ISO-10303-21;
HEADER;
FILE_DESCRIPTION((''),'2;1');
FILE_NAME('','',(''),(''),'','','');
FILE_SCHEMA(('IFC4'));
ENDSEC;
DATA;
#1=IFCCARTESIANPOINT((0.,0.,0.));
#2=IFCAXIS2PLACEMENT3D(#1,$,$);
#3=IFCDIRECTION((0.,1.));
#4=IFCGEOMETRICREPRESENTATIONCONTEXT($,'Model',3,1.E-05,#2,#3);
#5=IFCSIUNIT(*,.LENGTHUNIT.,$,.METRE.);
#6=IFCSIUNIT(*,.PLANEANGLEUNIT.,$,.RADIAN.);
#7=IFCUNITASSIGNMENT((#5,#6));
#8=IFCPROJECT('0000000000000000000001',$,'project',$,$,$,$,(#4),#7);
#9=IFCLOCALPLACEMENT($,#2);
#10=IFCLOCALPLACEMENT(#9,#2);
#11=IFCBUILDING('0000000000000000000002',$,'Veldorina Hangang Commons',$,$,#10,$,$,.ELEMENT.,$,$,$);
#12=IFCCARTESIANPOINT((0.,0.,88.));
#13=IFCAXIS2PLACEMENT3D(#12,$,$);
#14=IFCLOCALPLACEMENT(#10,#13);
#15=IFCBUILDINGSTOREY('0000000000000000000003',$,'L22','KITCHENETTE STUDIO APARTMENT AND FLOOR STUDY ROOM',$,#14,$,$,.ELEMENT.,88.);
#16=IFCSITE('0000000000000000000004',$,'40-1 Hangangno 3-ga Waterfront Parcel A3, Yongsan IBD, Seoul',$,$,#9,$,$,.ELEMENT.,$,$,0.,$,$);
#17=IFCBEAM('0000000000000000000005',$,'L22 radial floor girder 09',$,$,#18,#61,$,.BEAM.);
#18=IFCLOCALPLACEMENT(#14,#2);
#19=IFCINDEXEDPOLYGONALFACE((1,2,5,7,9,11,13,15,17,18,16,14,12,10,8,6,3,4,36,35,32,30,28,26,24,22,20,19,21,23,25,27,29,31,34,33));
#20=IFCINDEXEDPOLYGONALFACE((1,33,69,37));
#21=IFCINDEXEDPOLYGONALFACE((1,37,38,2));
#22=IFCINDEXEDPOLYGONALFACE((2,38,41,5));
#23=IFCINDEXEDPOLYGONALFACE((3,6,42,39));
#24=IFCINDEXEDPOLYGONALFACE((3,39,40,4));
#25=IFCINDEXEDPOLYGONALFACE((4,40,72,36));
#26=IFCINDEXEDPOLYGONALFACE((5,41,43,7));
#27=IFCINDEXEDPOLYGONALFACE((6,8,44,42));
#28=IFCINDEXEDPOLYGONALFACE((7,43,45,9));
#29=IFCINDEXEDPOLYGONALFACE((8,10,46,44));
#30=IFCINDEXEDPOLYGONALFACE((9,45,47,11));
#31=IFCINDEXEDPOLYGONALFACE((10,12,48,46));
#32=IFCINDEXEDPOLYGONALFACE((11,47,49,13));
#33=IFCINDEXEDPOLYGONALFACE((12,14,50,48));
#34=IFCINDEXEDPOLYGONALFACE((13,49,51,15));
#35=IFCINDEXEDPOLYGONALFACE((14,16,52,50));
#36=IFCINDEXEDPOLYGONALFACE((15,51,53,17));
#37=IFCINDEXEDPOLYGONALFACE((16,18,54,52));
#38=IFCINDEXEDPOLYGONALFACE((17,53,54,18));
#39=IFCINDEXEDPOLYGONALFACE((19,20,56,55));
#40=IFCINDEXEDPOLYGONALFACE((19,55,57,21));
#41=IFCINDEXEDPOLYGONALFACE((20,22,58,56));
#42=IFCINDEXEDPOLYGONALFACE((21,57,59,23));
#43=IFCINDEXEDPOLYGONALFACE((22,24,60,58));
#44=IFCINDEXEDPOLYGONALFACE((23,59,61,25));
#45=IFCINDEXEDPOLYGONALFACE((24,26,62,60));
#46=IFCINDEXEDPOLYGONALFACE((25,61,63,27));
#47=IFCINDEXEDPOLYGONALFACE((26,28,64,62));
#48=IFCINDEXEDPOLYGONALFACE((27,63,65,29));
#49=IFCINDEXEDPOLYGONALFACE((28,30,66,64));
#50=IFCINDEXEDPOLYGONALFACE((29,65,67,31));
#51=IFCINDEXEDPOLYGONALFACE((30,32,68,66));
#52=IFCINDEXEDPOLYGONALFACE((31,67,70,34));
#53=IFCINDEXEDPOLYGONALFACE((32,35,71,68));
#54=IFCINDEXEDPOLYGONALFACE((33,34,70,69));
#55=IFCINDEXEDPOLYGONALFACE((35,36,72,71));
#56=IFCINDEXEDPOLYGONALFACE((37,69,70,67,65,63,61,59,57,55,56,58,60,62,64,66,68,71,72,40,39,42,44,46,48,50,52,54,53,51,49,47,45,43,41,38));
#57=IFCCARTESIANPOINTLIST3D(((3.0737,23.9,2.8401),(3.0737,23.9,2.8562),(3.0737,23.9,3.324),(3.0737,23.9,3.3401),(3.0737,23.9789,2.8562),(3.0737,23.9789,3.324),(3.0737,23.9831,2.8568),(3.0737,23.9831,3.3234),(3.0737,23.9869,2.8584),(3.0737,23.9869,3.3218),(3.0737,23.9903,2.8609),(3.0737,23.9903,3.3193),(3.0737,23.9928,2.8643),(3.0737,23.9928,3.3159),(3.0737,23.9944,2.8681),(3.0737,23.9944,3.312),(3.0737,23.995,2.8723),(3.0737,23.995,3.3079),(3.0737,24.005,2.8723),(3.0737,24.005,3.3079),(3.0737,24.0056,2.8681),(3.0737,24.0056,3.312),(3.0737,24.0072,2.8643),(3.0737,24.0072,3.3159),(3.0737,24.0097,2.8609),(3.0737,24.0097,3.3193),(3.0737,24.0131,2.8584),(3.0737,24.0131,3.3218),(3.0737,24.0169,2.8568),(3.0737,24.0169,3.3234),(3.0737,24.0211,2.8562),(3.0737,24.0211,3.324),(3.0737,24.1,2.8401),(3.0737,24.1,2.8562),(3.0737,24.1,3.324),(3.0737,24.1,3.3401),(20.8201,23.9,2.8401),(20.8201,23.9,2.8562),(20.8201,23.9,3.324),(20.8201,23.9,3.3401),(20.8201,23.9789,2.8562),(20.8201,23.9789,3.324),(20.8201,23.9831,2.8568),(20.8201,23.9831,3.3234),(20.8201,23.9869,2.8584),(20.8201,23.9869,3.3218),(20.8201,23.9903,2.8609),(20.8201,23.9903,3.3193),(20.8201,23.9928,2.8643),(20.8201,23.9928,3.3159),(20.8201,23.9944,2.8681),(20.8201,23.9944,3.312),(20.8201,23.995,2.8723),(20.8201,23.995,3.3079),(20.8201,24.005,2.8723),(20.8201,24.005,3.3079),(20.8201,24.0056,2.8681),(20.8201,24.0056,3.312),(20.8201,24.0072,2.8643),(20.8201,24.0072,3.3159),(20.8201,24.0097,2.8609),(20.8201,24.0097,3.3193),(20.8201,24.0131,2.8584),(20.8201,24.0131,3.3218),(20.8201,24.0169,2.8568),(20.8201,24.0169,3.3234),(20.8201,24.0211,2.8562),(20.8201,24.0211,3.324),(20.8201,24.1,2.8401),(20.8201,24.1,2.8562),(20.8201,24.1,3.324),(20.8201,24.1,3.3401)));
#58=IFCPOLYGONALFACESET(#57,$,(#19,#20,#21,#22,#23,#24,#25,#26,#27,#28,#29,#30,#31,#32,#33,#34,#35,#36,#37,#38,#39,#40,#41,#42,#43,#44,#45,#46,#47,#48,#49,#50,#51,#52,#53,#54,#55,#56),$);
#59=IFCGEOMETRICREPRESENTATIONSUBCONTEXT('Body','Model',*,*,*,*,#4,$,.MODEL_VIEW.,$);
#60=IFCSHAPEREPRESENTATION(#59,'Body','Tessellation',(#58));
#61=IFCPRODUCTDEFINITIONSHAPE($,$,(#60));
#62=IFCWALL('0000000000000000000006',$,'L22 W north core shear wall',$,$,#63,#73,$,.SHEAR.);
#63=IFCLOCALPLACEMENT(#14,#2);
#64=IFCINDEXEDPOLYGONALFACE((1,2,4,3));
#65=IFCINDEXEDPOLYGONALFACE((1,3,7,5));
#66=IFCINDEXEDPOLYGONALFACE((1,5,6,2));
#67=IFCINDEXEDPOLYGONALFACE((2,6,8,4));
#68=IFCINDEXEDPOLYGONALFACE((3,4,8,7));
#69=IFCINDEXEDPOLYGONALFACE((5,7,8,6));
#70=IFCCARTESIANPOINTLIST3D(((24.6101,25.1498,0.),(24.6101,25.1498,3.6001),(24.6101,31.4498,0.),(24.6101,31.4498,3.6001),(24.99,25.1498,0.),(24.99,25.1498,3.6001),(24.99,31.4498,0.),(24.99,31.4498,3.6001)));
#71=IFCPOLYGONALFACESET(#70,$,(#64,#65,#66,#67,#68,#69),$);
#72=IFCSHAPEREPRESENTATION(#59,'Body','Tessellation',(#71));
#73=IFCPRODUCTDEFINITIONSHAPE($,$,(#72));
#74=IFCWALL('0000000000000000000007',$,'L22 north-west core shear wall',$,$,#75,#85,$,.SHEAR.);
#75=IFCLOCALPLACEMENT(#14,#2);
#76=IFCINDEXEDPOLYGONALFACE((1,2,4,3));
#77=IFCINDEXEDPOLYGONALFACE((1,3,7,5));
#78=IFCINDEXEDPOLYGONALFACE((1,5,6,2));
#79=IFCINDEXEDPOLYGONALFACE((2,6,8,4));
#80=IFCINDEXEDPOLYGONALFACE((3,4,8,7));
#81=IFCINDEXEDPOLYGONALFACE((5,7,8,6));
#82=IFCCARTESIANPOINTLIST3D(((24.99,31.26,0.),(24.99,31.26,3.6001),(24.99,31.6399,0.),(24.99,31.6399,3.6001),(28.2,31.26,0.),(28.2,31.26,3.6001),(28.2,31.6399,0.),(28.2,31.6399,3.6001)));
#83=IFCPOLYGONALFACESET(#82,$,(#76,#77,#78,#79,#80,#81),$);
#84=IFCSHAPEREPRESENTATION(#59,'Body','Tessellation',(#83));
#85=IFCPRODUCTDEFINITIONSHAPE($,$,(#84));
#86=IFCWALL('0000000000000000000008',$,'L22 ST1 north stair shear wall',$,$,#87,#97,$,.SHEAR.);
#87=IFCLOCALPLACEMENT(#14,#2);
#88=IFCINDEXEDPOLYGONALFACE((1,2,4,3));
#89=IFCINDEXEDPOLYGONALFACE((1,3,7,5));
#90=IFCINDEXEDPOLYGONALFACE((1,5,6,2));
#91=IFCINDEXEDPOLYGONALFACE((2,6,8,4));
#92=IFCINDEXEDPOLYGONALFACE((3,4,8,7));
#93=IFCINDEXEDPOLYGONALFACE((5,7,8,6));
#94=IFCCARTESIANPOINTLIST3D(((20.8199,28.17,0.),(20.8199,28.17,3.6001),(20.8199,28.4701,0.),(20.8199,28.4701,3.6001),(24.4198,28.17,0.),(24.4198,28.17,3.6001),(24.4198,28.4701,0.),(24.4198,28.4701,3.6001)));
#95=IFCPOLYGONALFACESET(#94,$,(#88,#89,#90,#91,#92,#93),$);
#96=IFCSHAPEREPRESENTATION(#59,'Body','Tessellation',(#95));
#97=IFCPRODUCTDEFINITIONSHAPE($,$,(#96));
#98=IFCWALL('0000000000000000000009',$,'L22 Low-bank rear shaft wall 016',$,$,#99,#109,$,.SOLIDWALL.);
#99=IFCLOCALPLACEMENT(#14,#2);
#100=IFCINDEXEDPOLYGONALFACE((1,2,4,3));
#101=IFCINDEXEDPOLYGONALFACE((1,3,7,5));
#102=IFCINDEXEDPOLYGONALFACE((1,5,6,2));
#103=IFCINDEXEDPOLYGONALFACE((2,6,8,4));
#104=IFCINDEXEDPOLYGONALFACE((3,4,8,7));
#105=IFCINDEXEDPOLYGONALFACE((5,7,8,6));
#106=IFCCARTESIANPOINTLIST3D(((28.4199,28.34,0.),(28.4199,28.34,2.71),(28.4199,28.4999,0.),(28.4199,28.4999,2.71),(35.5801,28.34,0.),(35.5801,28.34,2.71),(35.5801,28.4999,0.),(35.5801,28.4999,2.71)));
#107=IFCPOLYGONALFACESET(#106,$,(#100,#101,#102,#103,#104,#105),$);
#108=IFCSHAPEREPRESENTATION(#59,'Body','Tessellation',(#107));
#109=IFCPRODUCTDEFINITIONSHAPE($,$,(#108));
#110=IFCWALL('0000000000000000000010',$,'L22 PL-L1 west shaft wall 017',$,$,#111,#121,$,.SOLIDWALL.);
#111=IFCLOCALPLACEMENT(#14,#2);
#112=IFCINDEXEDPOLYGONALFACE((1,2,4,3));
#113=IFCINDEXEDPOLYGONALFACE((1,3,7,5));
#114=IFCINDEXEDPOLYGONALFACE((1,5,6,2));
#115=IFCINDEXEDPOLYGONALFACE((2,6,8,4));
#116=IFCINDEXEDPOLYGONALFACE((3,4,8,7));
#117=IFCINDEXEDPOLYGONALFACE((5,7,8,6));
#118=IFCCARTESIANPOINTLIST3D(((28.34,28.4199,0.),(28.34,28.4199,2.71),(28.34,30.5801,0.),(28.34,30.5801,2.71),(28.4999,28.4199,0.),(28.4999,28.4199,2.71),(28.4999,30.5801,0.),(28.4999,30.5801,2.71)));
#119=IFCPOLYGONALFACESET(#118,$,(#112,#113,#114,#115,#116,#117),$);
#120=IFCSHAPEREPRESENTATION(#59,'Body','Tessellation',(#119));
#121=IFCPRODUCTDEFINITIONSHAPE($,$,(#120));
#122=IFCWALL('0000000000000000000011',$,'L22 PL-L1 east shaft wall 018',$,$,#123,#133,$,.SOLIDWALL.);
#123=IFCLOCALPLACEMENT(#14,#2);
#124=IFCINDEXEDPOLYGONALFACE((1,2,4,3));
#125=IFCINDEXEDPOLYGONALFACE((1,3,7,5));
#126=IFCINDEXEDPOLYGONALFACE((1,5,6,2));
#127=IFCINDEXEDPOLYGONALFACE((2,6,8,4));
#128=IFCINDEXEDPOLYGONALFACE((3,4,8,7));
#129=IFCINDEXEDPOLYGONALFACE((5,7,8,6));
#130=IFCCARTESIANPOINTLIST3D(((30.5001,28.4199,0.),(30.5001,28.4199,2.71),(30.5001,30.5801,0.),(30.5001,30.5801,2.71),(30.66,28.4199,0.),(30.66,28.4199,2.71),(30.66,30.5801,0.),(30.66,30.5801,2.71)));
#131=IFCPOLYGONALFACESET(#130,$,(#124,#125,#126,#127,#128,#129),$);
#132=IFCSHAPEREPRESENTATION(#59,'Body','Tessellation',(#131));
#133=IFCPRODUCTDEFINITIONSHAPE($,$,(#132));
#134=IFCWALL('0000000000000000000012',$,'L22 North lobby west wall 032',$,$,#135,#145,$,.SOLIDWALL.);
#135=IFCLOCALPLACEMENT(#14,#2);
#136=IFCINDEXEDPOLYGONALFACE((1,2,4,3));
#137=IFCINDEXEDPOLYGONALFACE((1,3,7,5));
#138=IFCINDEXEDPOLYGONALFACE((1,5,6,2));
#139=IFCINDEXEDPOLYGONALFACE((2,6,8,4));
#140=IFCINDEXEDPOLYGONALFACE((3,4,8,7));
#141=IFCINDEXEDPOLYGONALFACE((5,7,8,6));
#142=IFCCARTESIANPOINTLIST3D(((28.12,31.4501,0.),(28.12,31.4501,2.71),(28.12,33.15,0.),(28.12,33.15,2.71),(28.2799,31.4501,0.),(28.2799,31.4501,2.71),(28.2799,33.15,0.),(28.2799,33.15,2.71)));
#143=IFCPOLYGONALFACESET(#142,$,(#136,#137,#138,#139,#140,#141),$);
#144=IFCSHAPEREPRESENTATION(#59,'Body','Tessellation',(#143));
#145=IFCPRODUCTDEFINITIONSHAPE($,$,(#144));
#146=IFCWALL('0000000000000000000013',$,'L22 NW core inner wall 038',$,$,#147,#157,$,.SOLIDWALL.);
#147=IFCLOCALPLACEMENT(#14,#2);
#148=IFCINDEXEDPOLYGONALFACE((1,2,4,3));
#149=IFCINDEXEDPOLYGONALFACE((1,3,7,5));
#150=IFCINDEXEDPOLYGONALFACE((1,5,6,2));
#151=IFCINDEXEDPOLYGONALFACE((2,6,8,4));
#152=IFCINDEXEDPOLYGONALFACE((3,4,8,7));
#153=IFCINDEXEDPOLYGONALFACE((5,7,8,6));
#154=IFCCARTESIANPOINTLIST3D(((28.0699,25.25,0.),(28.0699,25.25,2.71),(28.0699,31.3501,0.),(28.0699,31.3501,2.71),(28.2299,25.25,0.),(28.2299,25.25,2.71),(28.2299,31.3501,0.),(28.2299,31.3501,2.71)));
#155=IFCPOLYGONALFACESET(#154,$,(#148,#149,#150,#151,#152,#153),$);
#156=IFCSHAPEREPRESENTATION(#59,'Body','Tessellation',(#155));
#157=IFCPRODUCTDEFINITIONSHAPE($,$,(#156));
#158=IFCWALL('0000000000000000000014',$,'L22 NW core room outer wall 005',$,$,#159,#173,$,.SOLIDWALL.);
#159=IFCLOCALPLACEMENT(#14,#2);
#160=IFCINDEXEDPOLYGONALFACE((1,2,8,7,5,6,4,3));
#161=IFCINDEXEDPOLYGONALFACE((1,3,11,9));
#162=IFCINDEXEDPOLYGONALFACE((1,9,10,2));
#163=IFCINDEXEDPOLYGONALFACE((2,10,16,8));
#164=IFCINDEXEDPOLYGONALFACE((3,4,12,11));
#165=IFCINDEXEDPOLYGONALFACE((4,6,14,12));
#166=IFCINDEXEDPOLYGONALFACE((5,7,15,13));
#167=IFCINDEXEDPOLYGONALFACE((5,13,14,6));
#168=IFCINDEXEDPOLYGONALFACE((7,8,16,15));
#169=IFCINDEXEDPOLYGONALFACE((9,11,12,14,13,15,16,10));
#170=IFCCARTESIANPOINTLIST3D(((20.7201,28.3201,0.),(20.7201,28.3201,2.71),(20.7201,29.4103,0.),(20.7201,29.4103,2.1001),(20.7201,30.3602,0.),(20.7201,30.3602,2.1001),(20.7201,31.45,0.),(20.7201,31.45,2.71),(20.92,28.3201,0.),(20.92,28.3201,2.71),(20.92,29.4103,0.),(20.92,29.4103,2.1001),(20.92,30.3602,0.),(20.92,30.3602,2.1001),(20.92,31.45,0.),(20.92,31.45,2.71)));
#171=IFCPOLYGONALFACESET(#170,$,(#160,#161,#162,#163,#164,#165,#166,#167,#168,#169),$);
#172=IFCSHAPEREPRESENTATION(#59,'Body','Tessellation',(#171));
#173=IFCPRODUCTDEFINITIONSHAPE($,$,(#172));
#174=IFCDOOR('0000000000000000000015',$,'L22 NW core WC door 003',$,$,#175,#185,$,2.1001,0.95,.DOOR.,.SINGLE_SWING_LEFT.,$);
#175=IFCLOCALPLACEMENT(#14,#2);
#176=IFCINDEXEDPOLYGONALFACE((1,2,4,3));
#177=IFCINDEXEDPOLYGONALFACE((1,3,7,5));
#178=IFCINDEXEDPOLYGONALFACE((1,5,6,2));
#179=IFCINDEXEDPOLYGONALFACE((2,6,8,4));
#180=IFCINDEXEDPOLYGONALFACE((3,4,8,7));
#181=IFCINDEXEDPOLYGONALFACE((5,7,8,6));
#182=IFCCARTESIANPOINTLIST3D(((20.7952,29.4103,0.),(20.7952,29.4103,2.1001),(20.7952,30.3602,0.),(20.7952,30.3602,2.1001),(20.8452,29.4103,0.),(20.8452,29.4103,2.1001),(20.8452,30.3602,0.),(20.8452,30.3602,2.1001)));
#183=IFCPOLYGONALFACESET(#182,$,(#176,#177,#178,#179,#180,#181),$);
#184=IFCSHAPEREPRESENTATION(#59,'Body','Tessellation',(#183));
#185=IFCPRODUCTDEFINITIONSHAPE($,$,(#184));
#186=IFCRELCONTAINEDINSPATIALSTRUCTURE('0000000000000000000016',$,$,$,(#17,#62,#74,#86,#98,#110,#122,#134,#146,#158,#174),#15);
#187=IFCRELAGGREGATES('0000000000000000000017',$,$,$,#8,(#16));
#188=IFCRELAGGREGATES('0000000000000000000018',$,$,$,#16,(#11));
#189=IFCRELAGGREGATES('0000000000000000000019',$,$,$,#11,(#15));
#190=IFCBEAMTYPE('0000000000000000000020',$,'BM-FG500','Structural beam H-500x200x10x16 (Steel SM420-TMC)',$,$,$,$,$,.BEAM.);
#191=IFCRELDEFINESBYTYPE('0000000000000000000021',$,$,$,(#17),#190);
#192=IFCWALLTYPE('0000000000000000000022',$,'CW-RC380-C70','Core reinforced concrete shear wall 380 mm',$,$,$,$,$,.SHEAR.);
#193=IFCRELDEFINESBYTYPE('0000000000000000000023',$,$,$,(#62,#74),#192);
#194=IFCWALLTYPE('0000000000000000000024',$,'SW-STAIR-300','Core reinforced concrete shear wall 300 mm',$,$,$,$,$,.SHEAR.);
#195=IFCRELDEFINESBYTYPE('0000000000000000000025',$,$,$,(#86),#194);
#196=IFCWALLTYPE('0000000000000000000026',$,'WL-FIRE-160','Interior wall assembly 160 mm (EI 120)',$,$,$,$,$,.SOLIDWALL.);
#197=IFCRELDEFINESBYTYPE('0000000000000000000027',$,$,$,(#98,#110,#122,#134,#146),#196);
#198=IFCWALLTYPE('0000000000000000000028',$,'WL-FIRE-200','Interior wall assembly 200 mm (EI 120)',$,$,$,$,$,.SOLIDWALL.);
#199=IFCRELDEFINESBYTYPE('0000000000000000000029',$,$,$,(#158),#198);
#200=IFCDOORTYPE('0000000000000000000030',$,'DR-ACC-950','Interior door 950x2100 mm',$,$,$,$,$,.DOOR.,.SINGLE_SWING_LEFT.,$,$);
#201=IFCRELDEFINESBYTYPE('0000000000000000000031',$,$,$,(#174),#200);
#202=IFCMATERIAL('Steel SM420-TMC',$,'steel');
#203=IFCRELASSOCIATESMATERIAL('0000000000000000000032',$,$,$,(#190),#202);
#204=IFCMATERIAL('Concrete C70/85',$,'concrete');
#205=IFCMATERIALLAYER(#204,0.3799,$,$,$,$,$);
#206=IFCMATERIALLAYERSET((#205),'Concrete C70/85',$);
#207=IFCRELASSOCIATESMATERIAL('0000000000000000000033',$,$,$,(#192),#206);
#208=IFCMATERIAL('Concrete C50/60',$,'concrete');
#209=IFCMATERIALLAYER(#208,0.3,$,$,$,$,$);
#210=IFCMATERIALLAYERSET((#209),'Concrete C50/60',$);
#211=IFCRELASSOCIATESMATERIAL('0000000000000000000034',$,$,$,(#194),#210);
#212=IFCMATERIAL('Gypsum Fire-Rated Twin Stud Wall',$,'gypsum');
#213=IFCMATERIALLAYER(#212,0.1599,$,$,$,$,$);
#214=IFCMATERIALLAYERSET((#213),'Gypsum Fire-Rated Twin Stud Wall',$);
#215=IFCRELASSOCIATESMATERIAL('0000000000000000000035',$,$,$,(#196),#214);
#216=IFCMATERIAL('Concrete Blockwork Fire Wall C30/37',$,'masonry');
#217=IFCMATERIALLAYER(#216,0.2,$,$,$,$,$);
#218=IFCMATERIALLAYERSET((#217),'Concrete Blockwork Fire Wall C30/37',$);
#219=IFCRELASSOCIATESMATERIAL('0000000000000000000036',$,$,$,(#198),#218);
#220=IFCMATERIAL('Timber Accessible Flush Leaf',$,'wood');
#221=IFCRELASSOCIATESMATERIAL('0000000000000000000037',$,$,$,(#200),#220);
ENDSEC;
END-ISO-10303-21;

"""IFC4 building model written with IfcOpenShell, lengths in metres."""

from ifc_helpers import new_model, si_unit, direction, frame, frame_2d, origin, origin_2d, place, context, subcontext, project, spatial, rectangle, i_section, extrude, material, layer, layer_set, material_profile, profile_set, type_object, element, fill, save


model = new_model("IFC4")

# Units and contexts
model_context = context("Model", 3, precision=1e-05, world=origin(), true_north=direction((0.0, 1.0)))
body_context = subcontext(model_context, "Body", "Model", "MODEL_VIEW")
ifc_project = project(units=[si_unit("LENGTHUNIT", "METRE"), si_unit("PLANEANGLEUNIT", "RADIAN")], contexts=[model_context])

# Site, building, storey
site_placement = place(None, origin())
site = spatial("IfcSite", under=ifc_project, at=site_placement, Name="40-1 Hangangno 3-ga Waterfront Parcel A3, Yongsan IBD, Seoul", CompositionType="ELEMENT", RefElevation=0.0)
building_placement = place(site_placement, origin())
building = spatial("IfcBuilding", under=site, at=building_placement, Name="Veldorina Hangang Commons", CompositionType="ELEMENT")
storey_placement = place(building_placement, frame((0.0, 0.0, 88.0)))
storey = spatial("IfcBuildingStorey", under=building, at=storey_placement, Name="L22", Description="KITCHENETTE STUDIO APARTMENT AND FLOOR STUDY ROOM", CompositionType="ELEMENT", Elevation=88.0)

# Beam
ifc_material_1 = material(Name="Concrete C70/85", Category="concrete")
ifc_material_2 = material(Name="Steel SM420-TMC", Category="steel")
ifc_material_profile_1 = material_profile(ifc_material_2, i_section(OverallWidth=0.2, OverallDepth=0.5, WebThickness=0.01, FlangeThickness=0.0161, FilletRadius=0.0161, at=origin_2d()), Name="H-500x200x10x16")
ifc_profile_set_1 = profile_set([ifc_material_profile_1], Name="Steel SM420-TMC")
beam_type_1 = type_object("IfcBeamType", Name="BM-FG500", Description="Structural beam H-500x200x10x16 (Steel SM420-TMC)", PredefinedType="BEAM", material=ifc_profile_set_1)
beam_1_placement = place(storey_placement, frame((20.8201, 24.0, 3.0901), z_axis=(-1.0, 0.0, 0.0), x_axis=(0.0, -1.0, 0.0)))
element("IfcBeam", 1, at=beam_1_placement, inside=storey, type_object=beam_type_1, Name="L22 radial floor girder 09", PredefinedType="BEAM", context=body_context, shape_type="SweptSolid", body=[
    extrude(i_section(OverallWidth=0.2, OverallDepth=0.5, WebThickness=0.01, FlangeThickness=0.0161, FilletRadius=0.0161, at=origin_2d()), origin(), (0.0, 0.0, 1.0), 17.7463),
])

# Walls
ifc_layer_1 = layer(ifc_material_1, 0.3799)
ifc_layer_set_1 = layer_set([ifc_layer_1], Name="Concrete C70/85")
wall_type_1 = type_object("IfcWallType", Name="CW-RC380-C70", Description="Core reinforced concrete shear wall 380 mm", PredefinedType="SHEAR", material=ifc_layer_set_1)
wall_1_placement = place(storey_placement, frame((24.8, 25.1499, 0.0), z_axis=(0.0, 0.0, 1.0), x_axis=(0.0, 1.0, 0.0)))
element("IfcWall", 2, at=wall_1_placement, inside=storey, type_object=wall_type_1, Name="L22 W north core shear wall", PredefinedType="SHEAR", context=body_context, shape_type="SweptSolid", body=[
    extrude(rectangle(XDim=6.3, YDim=0.3799, at=frame_2d((3.1499, 0.0))), origin(), (0.0, 0.0, 1.0), 3.6001),
])
wall_2_placement = place(storey_placement, frame((24.99, 31.45, 0.0), z_axis=(0.0, 0.0, 1.0), x_axis=(1.0, 0.0, 0.0)))
element("IfcWall", 3, at=wall_2_placement, inside=storey, type_object=wall_type_1, Name="L22 north-west core shear wall", PredefinedType="SHEAR", context=body_context, shape_type="SweptSolid", body=[
    extrude(rectangle(XDim=3.21, YDim=0.3799, at=frame_2d((1.605, 0.0))), origin(), (0.0, 0.0, 1.0), 3.6001),
])
ifc_material_3 = material(Name="Concrete C50/60", Category="concrete")
ifc_layer_2 = layer(ifc_material_3, 0.3)
ifc_layer_set_2 = layer_set([ifc_layer_2], Name="Concrete C50/60")
wall_type_2 = type_object("IfcWallType", Name="SW-STAIR-300", Description="Core reinforced concrete shear wall 300 mm", PredefinedType="SHEAR", material=ifc_layer_set_2)
wall_3_placement = place(storey_placement, frame((20.8201, 28.3201, 0.0), z_axis=(0.0, 0.0, 1.0), x_axis=(1.0, 0.0, 0.0)))
element("IfcWall", 4, at=wall_3_placement, inside=storey, type_object=wall_type_2, Name="L22 ST1 north stair shear wall", PredefinedType="SHEAR", context=body_context, shape_type="SweptSolid", body=[
    extrude(rectangle(XDim=3.5999, YDim=0.3, at=frame_2d((1.7998, 0.0))), origin(), (0.0, 0.0, 1.0), 3.6001),
])

# Shared definitions
ifc_material_4 = material(Name="Gypsum Fire-Rated Twin Stud Wall", Category="gypsum")
ifc_layer_3 = layer(ifc_material_4, 0.1599)
ifc_layer_set_3 = layer_set([ifc_layer_3], Name="Gypsum Fire-Rated Twin Stud Wall")
wall_type_3 = type_object("IfcWallType", Name="WL-FIRE-160", Description="Interior wall assembly 160 mm (EI 120)", PredefinedType="SOLIDWALL", material=ifc_layer_set_3)

# Walls
wall_4_placement = place(storey_placement, frame((28.4199, 28.4199, 0.0), z_axis=(0.0, 0.0, 1.0), x_axis=(1.0, 0.0, 0.0)))
element("IfcWall", 5, at=wall_4_placement, inside=storey, type_object=wall_type_3, Name="L22 Low-bank rear shaft wall 016", PredefinedType="SOLIDWALL", context=body_context, shape_type="SweptSolid", body=[
    extrude(rectangle(XDim=7.1602, YDim=0.1599, at=frame_2d((3.5801, 0.0))), origin(), (0.0, 0.0, 1.0), 2.71),
])
for number, where, z_axis, x_axis, name in (
    (6, (28.4199, 28.4199, 0.0), (0.0, 0.0, 1.0), (0.0, 1.0, 0.0), "L22 PL-L1 west shaft wall 017"),
    (7, (30.5801, 28.4199, 0.0), (0.0, 0.0, 1.0), (0.0, 1.0, 0.0), "L22 PL-L1 east shaft wall 018"),
):
    element("IfcWall", number, at=place(storey_placement, frame(where, z_axis=z_axis, x_axis=x_axis)), inside=storey, type_object=wall_type_3, Name=name, PredefinedType="SOLIDWALL", context=body_context, shape_type="SweptSolid", body=[
        extrude(rectangle(XDim=2.1602, YDim=0.1599, at=frame_2d((1.0801, 0.0))), origin(), (0.0, 0.0, 1.0), 2.71),
    ])
wall_5_placement = place(storey_placement, frame((28.2, 31.45, 0.0), z_axis=(0.0, 0.0, 1.0), x_axis=(0.0, 1.0, 0.0)))
element("IfcWall", 8, at=wall_5_placement, inside=storey, type_object=wall_type_3, Name="L22 North lobby west wall 032", PredefinedType="SOLIDWALL", context=body_context, shape_type="SweptSolid", body=[
    extrude(rectangle(XDim=1.7, YDim=0.1599, at=frame_2d((0.8501, 0.0))), origin(), (0.0, 0.0, 1.0), 2.71),
])
wall_6_placement = place(storey_placement, frame((28.1499, 25.25, 0.0), z_axis=(0.0, 0.0, 1.0), x_axis=(0.0, 1.0, 0.0)))
element("IfcWall", 9, at=wall_6_placement, inside=storey, type_object=wall_type_3, Name="L22 NW core inner wall 038", PredefinedType="SOLIDWALL", context=body_context, shape_type="SweptSolid", body=[
    extrude(rectangle(XDim=6.1001, YDim=0.1599, at=frame_2d((3.05, 0.0))), origin(), (0.0, 0.0, 1.0), 2.71),
])

# Wall, opening, door
ifc_material_5 = material(Name="Concrete Blockwork Fire Wall C30/37", Category="masonry")
ifc_layer_4 = layer(ifc_material_5, 0.2)
ifc_layer_set_4 = layer_set([ifc_layer_4], Name="Concrete Blockwork Fire Wall C30/37")
wall_type_4 = type_object("IfcWallType", Name="WL-FIRE-200", Description="Interior wall assembly 200 mm (EI 120)", PredefinedType="SOLIDWALL", material=ifc_layer_set_4)
wall_7_placement = place(storey_placement, frame((20.8201, 28.3201, 0.0), z_axis=(0.0, 0.0, 1.0), x_axis=(0.0, 1.0, 0.0)))
wall_7 = element("IfcWall", 10, at=wall_7_placement, inside=storey, type_object=wall_type_4, Name="L22 NW core room outer wall 005", PredefinedType="SOLIDWALL", context=body_context, shape_type="SweptSolid", body=[
    extrude(rectangle(XDim=3.1299, YDim=0.2, at=frame_2d((1.5649, 0.0))), origin(), (0.0, 0.0, 1.0), 2.71),
])
opening_1_placement = place(wall_7_placement, frame((1.0901, 0.0, 0.0)))
opening_1 = element("IfcOpeningElement", 11, at=opening_1_placement, cuts=wall_7, PredefinedType="OPENING", context=body_context, shape_type="SweptSolid", body=[
    extrude(rectangle(XDim=0.95, YDim=2.1001, at=frame_2d((0.4751, 1.05))), frame((0.0, 0.1099, 0.0), z_axis=(0.0, -1.0, 0.0), x_axis=(1.0, 0.0, 0.0)), (0.0, 0.0, 1.0), 0.22),
])
ifc_material_6 = material(Name="Timber Accessible Flush Leaf", Category="wood")
door_type_1 = type_object("IfcDoorType", Name="DR-ACC-950", Description="Interior door 950x2100 mm", OperationType="SINGLE_SWING_LEFT", PredefinedType="DOOR", material=ifc_material_6)
door_1_placement = place(opening_1_placement, origin())
door_1 = element("IfcDoor", 12, at=door_1_placement, inside=storey, type_object=door_type_1, Name="L22 NW core WC door 003", OperationType="SINGLE_SWING_LEFT", OverallHeight=2.1001, OverallWidth=0.95, PredefinedType="DOOR", context=body_context, shape_type="SweptSolid", body=[
    extrude(rectangle(XDim=0.95, YDim=2.1001, at=frame_2d((0.4751, 1.05))), frame((0.0, 0.0249, 0.0), z_axis=(0.0, -1.0, 0.0), x_axis=(1.0, 0.0, 0.0)), (0.0, 0.0, 1.0), 0.05),
])
fill(opening_1, door_1)

save(model, "model.ifc")
